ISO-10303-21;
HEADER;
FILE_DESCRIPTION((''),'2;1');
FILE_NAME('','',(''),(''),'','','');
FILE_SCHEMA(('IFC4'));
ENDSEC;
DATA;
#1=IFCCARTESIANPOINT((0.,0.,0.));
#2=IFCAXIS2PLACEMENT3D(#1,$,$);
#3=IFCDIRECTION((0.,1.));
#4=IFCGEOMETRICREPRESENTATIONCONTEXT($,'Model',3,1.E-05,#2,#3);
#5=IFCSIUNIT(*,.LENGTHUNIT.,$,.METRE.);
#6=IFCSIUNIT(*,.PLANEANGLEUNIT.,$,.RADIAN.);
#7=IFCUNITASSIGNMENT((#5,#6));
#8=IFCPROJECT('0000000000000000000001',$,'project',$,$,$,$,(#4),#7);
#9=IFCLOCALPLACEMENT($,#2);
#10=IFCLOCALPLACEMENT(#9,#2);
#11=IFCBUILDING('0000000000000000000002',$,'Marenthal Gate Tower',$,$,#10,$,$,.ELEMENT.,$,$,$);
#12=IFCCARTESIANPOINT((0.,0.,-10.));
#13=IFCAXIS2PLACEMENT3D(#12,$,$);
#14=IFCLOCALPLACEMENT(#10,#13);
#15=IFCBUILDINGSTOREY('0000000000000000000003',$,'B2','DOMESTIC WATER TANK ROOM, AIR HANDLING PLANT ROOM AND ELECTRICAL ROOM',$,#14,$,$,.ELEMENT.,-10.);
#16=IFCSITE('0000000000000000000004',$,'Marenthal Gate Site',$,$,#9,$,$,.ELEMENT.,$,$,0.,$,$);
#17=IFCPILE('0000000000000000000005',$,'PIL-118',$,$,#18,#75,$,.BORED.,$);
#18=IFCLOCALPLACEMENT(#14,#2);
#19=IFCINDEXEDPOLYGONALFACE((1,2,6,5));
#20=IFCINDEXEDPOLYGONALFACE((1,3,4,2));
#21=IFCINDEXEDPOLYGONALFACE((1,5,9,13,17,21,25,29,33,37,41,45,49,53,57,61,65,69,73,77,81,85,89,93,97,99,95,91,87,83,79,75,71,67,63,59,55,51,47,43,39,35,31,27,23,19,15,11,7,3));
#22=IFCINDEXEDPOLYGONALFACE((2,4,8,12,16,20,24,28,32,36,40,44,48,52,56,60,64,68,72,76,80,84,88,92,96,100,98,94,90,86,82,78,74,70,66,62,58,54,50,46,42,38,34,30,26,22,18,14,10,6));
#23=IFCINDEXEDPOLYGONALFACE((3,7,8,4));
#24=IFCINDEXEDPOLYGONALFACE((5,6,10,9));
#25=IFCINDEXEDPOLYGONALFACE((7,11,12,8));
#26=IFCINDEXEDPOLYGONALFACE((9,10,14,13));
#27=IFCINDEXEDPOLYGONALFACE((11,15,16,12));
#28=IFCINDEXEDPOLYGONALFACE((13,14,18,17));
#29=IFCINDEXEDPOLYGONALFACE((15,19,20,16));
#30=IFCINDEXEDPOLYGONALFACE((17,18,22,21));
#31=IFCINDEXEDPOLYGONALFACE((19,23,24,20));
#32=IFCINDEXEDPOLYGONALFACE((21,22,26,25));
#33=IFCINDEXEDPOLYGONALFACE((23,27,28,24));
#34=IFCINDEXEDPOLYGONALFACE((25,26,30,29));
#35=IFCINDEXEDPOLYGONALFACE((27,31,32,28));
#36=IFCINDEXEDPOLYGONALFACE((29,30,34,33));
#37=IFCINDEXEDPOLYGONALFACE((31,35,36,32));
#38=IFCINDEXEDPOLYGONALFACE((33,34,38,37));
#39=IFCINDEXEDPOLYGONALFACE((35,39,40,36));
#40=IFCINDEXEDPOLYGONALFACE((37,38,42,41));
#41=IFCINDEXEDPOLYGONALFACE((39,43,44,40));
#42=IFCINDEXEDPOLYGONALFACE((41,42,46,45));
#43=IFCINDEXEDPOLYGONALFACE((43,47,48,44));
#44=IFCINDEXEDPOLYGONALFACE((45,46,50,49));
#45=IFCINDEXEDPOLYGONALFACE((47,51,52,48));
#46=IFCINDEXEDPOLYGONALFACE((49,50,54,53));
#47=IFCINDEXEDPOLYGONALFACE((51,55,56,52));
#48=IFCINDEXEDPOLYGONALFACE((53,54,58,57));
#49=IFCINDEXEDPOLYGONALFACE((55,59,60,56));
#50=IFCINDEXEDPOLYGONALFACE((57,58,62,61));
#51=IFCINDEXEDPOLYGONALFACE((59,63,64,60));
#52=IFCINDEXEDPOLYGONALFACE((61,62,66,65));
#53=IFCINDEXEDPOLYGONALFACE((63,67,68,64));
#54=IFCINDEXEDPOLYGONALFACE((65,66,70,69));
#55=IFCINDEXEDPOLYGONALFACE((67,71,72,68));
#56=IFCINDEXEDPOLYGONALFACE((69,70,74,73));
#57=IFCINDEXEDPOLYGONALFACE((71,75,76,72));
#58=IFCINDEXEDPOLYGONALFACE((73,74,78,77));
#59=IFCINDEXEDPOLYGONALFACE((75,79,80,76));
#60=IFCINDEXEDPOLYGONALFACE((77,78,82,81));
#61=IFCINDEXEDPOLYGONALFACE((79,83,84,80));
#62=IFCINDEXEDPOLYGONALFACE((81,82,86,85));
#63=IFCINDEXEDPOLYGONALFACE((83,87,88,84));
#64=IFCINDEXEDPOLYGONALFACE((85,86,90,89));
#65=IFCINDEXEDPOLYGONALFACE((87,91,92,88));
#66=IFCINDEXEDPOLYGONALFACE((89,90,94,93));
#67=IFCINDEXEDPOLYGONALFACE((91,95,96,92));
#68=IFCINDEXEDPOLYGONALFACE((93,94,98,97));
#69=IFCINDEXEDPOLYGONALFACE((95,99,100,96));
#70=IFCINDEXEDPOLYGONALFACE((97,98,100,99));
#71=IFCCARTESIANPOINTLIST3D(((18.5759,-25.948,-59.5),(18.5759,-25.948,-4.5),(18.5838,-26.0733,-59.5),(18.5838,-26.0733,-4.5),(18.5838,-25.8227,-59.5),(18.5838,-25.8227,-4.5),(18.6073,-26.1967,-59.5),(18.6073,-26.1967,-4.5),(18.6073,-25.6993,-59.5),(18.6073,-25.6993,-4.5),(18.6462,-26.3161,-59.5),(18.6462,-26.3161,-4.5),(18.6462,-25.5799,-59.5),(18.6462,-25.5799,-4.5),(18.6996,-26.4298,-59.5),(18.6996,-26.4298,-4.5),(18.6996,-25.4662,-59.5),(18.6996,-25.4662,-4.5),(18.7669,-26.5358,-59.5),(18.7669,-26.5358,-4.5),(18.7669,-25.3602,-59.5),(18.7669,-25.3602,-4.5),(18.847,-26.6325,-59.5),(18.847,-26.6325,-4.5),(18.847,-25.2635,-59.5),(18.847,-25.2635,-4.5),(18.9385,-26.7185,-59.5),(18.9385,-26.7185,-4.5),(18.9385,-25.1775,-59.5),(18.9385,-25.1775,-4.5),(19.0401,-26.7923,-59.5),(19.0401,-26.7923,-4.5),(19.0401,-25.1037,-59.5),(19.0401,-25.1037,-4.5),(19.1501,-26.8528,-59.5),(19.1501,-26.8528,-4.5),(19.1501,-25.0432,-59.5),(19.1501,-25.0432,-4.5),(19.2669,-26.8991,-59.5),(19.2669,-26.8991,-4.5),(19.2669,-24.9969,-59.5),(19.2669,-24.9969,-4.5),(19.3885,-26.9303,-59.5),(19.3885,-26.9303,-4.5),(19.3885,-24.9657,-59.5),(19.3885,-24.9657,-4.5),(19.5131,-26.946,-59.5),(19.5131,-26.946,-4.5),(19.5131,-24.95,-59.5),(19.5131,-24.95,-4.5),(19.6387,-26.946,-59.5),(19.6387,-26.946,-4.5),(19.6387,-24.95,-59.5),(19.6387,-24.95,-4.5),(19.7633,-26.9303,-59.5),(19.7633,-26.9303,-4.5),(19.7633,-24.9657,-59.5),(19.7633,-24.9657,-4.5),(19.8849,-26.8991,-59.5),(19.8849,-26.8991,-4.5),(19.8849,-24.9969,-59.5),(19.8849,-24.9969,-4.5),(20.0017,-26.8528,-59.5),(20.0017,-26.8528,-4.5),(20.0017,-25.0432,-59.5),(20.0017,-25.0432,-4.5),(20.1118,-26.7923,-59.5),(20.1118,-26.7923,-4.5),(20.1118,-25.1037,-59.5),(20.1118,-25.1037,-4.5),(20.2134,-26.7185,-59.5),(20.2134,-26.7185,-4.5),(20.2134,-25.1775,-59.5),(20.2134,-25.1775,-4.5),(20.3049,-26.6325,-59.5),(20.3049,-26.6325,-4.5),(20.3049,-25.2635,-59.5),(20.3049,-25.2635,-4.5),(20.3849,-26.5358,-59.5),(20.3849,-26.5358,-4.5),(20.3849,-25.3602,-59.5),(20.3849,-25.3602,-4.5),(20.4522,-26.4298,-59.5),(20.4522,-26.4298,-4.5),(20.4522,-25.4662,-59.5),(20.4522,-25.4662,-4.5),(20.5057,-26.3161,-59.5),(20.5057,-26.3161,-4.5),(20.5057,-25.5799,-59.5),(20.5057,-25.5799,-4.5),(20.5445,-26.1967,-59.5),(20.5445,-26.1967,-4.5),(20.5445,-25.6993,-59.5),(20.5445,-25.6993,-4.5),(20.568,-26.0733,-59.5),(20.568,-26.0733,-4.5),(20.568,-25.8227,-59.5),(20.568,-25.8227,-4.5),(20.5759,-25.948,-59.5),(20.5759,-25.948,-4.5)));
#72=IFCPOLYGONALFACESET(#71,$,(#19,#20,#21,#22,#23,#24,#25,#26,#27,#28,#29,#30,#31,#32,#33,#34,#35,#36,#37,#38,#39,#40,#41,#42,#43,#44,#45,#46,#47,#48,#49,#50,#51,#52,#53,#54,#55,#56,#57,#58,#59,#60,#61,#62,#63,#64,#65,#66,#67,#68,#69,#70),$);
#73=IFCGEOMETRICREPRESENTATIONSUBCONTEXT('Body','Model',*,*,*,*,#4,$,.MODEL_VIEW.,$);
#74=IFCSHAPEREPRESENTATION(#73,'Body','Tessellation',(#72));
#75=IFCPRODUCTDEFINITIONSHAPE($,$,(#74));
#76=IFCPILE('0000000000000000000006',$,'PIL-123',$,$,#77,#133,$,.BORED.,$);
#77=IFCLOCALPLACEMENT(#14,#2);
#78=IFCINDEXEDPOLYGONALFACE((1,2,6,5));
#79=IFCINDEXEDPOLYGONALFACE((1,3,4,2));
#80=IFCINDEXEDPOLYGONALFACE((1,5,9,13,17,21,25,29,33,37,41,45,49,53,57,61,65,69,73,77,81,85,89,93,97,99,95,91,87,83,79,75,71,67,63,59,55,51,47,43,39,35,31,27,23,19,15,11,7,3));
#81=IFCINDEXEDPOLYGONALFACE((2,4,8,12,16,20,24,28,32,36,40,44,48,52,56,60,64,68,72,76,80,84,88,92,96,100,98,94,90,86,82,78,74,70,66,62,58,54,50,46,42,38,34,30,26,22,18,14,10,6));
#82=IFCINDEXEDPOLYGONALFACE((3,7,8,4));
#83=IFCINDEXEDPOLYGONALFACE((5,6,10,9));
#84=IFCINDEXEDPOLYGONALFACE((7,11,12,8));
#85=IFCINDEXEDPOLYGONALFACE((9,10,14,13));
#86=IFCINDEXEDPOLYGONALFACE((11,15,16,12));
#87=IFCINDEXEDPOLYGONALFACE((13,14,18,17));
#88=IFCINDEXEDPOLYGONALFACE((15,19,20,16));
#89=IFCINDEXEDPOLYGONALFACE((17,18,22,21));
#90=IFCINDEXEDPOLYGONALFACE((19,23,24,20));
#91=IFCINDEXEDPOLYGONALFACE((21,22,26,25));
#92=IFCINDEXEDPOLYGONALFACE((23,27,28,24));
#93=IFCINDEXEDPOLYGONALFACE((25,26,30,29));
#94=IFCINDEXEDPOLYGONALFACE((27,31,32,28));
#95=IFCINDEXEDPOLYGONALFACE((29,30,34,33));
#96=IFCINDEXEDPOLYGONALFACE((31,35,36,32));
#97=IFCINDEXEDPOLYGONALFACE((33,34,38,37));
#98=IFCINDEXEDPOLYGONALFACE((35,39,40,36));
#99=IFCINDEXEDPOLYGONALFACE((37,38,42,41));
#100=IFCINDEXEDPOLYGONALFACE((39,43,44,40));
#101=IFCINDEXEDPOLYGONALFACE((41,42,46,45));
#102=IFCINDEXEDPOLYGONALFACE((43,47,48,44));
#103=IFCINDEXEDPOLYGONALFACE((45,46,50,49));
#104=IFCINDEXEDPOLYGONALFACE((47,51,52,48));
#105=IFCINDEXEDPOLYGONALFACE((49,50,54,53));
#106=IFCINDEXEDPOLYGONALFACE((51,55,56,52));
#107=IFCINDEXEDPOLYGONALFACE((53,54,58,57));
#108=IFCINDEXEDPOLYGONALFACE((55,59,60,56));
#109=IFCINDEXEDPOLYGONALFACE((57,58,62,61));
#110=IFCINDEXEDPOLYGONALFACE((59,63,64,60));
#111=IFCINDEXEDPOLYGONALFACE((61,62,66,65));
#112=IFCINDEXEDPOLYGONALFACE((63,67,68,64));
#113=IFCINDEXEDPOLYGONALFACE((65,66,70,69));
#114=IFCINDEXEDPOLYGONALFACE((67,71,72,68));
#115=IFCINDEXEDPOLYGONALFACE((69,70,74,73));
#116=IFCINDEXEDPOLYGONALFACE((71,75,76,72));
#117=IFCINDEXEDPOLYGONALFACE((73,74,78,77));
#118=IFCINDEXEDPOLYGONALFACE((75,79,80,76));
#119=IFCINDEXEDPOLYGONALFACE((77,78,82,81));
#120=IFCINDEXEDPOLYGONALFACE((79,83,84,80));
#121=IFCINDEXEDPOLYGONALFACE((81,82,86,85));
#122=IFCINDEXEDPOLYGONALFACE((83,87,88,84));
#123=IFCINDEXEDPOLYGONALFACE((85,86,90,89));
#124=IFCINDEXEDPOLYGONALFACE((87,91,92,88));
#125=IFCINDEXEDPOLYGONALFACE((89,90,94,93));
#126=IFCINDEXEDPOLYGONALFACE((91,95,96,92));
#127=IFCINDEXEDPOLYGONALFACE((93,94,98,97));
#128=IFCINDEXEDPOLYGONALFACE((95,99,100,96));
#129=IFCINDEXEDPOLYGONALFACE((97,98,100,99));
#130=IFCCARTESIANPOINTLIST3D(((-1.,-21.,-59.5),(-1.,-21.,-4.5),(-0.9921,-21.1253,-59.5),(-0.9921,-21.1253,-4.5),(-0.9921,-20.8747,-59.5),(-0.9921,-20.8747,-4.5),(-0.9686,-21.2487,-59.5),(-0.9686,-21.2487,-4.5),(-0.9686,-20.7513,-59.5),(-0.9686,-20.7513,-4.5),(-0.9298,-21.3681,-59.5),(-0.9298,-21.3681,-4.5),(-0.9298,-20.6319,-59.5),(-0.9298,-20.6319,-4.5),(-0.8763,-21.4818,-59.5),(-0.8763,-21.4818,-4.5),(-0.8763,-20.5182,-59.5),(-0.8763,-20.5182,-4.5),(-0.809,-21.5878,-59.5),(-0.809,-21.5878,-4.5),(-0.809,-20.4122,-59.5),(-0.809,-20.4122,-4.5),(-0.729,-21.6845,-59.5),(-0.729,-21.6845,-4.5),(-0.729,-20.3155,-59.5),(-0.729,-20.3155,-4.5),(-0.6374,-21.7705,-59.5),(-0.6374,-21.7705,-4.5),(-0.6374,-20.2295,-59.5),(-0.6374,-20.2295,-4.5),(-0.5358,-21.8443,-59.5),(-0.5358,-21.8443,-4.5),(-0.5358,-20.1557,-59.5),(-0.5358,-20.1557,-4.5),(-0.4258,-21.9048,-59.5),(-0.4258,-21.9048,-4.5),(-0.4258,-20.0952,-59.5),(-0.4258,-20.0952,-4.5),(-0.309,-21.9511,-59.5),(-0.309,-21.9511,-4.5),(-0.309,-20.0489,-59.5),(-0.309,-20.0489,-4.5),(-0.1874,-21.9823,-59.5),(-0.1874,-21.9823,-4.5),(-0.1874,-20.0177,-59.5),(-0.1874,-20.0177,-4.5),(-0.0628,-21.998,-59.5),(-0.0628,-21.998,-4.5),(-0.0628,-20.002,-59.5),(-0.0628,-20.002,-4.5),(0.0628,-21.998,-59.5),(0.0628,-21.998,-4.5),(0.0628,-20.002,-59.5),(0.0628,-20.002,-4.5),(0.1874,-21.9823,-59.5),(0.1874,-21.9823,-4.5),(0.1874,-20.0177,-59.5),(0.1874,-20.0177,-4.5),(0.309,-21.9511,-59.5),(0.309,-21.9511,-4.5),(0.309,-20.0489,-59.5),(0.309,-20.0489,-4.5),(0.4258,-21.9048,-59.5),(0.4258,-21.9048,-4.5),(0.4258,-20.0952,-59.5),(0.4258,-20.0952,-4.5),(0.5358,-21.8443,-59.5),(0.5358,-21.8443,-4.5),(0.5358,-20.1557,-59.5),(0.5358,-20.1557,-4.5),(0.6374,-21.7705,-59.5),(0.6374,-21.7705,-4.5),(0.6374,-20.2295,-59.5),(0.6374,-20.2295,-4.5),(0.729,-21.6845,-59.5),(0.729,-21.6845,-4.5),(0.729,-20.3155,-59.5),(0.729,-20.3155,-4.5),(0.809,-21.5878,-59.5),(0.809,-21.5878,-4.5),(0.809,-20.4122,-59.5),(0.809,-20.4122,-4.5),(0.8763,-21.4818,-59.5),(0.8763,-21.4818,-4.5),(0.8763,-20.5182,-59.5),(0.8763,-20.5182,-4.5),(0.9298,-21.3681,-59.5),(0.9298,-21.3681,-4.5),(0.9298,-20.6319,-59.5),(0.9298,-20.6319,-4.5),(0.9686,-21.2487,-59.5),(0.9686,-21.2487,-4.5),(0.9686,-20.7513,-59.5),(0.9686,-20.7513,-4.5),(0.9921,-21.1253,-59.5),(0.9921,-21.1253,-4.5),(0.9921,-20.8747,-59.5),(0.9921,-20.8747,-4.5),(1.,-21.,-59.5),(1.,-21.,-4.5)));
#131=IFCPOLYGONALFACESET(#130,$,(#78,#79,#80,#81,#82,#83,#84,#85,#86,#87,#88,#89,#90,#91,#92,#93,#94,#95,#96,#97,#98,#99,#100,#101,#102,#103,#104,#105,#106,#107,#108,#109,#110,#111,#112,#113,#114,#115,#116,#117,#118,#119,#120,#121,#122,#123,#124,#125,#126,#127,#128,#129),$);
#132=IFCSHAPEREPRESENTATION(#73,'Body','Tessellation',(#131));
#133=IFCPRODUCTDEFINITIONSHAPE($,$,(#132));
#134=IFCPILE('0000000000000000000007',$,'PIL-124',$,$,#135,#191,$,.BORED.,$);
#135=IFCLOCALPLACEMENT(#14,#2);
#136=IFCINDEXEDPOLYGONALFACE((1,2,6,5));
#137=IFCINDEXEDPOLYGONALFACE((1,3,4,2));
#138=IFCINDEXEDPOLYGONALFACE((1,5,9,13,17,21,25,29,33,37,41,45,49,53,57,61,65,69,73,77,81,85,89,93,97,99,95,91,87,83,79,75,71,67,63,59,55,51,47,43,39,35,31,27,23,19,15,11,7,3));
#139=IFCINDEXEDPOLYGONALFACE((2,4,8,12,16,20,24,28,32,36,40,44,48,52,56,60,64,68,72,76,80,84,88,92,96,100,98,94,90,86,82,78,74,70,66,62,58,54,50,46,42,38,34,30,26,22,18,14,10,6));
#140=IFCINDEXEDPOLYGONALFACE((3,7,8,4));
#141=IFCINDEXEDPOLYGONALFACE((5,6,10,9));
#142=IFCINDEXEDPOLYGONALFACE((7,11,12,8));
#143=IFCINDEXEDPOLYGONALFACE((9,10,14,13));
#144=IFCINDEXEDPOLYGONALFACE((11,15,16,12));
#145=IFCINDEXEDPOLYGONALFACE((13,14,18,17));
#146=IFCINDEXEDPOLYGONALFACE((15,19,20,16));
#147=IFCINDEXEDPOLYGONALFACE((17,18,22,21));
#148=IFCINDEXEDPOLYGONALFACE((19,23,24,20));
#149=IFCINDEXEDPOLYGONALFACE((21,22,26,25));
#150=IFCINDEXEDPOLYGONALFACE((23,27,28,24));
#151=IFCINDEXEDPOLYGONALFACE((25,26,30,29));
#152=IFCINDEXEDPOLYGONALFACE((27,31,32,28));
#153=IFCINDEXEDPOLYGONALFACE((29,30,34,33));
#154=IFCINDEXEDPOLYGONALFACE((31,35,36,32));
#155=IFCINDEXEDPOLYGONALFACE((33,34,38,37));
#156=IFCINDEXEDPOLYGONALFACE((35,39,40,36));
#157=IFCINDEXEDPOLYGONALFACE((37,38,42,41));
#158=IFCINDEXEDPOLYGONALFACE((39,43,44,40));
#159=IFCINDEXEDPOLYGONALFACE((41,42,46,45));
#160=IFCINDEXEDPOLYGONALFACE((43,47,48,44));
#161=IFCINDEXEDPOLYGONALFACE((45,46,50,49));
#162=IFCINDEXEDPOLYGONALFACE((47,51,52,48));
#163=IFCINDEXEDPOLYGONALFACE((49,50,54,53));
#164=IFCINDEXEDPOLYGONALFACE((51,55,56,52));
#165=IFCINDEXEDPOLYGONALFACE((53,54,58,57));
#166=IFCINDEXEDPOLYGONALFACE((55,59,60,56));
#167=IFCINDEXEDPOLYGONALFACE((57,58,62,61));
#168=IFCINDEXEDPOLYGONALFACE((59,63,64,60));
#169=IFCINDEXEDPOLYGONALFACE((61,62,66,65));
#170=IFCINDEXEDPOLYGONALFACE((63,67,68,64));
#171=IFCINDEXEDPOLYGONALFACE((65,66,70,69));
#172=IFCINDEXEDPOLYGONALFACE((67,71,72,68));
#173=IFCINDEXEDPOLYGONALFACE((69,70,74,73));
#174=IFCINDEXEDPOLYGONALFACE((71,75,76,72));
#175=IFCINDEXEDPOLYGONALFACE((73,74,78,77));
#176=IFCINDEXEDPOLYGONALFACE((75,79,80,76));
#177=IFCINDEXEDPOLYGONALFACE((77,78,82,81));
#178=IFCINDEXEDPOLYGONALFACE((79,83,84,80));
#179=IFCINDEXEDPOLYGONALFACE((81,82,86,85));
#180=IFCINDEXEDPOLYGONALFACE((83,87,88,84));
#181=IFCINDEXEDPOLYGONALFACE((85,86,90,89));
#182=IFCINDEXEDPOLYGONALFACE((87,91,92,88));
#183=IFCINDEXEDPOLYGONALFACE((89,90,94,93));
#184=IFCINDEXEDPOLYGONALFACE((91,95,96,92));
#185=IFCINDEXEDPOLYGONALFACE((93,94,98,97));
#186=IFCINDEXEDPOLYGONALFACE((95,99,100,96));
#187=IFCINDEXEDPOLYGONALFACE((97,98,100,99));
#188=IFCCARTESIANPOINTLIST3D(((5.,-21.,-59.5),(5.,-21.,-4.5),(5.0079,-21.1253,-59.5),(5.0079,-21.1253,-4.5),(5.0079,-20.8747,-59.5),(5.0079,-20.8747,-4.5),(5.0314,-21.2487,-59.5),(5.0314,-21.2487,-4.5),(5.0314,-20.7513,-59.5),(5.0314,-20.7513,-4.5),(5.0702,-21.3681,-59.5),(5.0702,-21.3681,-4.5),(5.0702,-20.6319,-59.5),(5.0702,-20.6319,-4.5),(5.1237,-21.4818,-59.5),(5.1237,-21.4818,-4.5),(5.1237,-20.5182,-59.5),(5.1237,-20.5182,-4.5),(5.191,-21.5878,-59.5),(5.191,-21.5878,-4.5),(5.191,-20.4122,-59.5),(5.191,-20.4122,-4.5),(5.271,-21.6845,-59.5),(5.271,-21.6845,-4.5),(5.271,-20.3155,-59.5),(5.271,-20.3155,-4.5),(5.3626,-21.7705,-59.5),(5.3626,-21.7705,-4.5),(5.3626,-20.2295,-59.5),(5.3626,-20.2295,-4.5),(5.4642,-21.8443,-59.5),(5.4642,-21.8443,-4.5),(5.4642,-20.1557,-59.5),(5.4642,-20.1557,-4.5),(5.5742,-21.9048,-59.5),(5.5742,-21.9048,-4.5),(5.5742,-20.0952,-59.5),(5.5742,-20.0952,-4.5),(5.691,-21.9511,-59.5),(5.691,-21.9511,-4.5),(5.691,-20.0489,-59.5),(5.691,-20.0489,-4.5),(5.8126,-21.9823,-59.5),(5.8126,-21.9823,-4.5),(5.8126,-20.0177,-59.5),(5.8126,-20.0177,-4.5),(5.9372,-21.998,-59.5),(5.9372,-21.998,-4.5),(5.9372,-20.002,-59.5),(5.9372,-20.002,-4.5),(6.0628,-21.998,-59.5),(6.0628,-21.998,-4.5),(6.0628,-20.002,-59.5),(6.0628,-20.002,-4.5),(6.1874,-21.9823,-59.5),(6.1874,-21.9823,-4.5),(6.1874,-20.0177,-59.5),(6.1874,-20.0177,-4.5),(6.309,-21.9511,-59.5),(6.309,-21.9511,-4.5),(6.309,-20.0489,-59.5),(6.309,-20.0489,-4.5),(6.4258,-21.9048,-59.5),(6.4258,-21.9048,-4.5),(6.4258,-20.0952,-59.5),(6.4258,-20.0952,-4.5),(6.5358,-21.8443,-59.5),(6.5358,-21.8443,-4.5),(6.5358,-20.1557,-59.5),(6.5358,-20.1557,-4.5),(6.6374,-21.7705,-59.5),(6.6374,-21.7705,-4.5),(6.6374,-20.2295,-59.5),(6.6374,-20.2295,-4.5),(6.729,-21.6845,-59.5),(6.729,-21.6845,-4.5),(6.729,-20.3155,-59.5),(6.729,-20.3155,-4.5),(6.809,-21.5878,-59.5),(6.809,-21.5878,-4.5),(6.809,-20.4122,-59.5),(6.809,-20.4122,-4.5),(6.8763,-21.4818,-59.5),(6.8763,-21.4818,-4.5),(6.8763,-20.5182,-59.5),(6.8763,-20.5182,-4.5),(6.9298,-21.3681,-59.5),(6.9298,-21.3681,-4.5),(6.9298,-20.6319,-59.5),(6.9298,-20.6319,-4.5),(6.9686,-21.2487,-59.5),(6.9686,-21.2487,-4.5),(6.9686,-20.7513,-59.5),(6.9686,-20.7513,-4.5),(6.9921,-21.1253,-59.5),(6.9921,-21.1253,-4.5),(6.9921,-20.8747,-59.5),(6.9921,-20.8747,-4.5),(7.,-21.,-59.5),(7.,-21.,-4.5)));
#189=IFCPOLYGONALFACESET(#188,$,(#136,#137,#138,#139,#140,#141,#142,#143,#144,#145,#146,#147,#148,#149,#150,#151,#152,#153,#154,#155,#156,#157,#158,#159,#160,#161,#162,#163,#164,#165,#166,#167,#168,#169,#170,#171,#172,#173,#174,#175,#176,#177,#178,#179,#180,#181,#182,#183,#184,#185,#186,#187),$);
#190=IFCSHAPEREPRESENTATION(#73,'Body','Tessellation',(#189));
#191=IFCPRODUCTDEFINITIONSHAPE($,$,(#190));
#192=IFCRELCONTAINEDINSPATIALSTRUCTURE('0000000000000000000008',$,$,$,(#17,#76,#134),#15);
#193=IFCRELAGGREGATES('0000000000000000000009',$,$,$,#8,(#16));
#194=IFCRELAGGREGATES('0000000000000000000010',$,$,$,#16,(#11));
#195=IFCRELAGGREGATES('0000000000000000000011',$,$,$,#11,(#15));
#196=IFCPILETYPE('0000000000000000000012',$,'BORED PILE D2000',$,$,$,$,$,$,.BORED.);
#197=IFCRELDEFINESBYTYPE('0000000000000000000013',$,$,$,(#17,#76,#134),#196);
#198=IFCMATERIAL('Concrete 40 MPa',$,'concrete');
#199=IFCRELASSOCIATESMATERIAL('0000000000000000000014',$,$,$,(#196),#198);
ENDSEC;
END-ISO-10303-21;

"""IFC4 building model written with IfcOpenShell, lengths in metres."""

from ifc_helpers import new_model, si_unit, direction, frame, origin, origin_2d, place, context, subcontext, project, spatial, circle, extrude, material, type_object, element, save


model = new_model("IFC4")

# Units and contexts
model_context = context("Model", 3, precision=1e-05, world=origin(), true_north=direction((0.0, 1.0)))
body_context = subcontext(model_context, "Body", "Model", "MODEL_VIEW")
ifc_project = project(units=[si_unit("LENGTHUNIT", "METRE"), si_unit("PLANEANGLEUNIT", "RADIAN")], contexts=[model_context])

# Site, building, storey
site_placement = place(None, origin())
site = spatial("IfcSite", under=ifc_project, at=site_placement, Name="Marenthal Gate Site", CompositionType="ELEMENT", RefElevation=0.0)
building_placement = place(site_placement, origin())
building = spatial("IfcBuilding", under=site, at=building_placement, Name="Marenthal Gate Tower", CompositionType="ELEMENT")
storey_placement = place(building_placement, frame((0.0, 0.0, -10.0)))
storey = spatial("IfcBuildingStorey", under=building, at=storey_placement, Name="B2", Description="DOMESTIC WATER TANK ROOM, AIR HANDLING PLANT ROOM AND ELECTRICAL ROOM", CompositionType="ELEMENT", Elevation=-10.0)

# Piles
ifc_material_1 = material(Name="Concrete 40 MPa", Category="concrete")
pile_type = type_object("IfcPileType", Name="BORED PILE D2000", PredefinedType="BORED", material=ifc_material_1)
for number, where, z_axis, x_axis, name in (
    (1, (19.5759, -25.948, -4.5), (0.0, 0.0, -1.0), (1.0, 0.0, 0.0), "PIL-118"),
    (2, (0.0, -21.0, -4.5), (0.0, 0.0, -1.0), (1.0, 0.0, 0.0), "PIL-123"),
    (3, (6.0, -21.0, -4.5), (0.0, 0.0, -1.0), (1.0, 0.0, 0.0), "PIL-124"),
):
    element("IfcPile", number, at=place(storey_placement, frame(where, z_axis=z_axis, x_axis=x_axis)), inside=storey, type_object=pile_type, Name=name, PredefinedType="BORED", context=body_context, shape_type="SweptSolid", body=[
        extrude(circle(Radius=1.0, at=origin_2d()), origin(), (0.0, 0.0, 1.0), 55.0),
    ])

save(model, "model.ifc")
